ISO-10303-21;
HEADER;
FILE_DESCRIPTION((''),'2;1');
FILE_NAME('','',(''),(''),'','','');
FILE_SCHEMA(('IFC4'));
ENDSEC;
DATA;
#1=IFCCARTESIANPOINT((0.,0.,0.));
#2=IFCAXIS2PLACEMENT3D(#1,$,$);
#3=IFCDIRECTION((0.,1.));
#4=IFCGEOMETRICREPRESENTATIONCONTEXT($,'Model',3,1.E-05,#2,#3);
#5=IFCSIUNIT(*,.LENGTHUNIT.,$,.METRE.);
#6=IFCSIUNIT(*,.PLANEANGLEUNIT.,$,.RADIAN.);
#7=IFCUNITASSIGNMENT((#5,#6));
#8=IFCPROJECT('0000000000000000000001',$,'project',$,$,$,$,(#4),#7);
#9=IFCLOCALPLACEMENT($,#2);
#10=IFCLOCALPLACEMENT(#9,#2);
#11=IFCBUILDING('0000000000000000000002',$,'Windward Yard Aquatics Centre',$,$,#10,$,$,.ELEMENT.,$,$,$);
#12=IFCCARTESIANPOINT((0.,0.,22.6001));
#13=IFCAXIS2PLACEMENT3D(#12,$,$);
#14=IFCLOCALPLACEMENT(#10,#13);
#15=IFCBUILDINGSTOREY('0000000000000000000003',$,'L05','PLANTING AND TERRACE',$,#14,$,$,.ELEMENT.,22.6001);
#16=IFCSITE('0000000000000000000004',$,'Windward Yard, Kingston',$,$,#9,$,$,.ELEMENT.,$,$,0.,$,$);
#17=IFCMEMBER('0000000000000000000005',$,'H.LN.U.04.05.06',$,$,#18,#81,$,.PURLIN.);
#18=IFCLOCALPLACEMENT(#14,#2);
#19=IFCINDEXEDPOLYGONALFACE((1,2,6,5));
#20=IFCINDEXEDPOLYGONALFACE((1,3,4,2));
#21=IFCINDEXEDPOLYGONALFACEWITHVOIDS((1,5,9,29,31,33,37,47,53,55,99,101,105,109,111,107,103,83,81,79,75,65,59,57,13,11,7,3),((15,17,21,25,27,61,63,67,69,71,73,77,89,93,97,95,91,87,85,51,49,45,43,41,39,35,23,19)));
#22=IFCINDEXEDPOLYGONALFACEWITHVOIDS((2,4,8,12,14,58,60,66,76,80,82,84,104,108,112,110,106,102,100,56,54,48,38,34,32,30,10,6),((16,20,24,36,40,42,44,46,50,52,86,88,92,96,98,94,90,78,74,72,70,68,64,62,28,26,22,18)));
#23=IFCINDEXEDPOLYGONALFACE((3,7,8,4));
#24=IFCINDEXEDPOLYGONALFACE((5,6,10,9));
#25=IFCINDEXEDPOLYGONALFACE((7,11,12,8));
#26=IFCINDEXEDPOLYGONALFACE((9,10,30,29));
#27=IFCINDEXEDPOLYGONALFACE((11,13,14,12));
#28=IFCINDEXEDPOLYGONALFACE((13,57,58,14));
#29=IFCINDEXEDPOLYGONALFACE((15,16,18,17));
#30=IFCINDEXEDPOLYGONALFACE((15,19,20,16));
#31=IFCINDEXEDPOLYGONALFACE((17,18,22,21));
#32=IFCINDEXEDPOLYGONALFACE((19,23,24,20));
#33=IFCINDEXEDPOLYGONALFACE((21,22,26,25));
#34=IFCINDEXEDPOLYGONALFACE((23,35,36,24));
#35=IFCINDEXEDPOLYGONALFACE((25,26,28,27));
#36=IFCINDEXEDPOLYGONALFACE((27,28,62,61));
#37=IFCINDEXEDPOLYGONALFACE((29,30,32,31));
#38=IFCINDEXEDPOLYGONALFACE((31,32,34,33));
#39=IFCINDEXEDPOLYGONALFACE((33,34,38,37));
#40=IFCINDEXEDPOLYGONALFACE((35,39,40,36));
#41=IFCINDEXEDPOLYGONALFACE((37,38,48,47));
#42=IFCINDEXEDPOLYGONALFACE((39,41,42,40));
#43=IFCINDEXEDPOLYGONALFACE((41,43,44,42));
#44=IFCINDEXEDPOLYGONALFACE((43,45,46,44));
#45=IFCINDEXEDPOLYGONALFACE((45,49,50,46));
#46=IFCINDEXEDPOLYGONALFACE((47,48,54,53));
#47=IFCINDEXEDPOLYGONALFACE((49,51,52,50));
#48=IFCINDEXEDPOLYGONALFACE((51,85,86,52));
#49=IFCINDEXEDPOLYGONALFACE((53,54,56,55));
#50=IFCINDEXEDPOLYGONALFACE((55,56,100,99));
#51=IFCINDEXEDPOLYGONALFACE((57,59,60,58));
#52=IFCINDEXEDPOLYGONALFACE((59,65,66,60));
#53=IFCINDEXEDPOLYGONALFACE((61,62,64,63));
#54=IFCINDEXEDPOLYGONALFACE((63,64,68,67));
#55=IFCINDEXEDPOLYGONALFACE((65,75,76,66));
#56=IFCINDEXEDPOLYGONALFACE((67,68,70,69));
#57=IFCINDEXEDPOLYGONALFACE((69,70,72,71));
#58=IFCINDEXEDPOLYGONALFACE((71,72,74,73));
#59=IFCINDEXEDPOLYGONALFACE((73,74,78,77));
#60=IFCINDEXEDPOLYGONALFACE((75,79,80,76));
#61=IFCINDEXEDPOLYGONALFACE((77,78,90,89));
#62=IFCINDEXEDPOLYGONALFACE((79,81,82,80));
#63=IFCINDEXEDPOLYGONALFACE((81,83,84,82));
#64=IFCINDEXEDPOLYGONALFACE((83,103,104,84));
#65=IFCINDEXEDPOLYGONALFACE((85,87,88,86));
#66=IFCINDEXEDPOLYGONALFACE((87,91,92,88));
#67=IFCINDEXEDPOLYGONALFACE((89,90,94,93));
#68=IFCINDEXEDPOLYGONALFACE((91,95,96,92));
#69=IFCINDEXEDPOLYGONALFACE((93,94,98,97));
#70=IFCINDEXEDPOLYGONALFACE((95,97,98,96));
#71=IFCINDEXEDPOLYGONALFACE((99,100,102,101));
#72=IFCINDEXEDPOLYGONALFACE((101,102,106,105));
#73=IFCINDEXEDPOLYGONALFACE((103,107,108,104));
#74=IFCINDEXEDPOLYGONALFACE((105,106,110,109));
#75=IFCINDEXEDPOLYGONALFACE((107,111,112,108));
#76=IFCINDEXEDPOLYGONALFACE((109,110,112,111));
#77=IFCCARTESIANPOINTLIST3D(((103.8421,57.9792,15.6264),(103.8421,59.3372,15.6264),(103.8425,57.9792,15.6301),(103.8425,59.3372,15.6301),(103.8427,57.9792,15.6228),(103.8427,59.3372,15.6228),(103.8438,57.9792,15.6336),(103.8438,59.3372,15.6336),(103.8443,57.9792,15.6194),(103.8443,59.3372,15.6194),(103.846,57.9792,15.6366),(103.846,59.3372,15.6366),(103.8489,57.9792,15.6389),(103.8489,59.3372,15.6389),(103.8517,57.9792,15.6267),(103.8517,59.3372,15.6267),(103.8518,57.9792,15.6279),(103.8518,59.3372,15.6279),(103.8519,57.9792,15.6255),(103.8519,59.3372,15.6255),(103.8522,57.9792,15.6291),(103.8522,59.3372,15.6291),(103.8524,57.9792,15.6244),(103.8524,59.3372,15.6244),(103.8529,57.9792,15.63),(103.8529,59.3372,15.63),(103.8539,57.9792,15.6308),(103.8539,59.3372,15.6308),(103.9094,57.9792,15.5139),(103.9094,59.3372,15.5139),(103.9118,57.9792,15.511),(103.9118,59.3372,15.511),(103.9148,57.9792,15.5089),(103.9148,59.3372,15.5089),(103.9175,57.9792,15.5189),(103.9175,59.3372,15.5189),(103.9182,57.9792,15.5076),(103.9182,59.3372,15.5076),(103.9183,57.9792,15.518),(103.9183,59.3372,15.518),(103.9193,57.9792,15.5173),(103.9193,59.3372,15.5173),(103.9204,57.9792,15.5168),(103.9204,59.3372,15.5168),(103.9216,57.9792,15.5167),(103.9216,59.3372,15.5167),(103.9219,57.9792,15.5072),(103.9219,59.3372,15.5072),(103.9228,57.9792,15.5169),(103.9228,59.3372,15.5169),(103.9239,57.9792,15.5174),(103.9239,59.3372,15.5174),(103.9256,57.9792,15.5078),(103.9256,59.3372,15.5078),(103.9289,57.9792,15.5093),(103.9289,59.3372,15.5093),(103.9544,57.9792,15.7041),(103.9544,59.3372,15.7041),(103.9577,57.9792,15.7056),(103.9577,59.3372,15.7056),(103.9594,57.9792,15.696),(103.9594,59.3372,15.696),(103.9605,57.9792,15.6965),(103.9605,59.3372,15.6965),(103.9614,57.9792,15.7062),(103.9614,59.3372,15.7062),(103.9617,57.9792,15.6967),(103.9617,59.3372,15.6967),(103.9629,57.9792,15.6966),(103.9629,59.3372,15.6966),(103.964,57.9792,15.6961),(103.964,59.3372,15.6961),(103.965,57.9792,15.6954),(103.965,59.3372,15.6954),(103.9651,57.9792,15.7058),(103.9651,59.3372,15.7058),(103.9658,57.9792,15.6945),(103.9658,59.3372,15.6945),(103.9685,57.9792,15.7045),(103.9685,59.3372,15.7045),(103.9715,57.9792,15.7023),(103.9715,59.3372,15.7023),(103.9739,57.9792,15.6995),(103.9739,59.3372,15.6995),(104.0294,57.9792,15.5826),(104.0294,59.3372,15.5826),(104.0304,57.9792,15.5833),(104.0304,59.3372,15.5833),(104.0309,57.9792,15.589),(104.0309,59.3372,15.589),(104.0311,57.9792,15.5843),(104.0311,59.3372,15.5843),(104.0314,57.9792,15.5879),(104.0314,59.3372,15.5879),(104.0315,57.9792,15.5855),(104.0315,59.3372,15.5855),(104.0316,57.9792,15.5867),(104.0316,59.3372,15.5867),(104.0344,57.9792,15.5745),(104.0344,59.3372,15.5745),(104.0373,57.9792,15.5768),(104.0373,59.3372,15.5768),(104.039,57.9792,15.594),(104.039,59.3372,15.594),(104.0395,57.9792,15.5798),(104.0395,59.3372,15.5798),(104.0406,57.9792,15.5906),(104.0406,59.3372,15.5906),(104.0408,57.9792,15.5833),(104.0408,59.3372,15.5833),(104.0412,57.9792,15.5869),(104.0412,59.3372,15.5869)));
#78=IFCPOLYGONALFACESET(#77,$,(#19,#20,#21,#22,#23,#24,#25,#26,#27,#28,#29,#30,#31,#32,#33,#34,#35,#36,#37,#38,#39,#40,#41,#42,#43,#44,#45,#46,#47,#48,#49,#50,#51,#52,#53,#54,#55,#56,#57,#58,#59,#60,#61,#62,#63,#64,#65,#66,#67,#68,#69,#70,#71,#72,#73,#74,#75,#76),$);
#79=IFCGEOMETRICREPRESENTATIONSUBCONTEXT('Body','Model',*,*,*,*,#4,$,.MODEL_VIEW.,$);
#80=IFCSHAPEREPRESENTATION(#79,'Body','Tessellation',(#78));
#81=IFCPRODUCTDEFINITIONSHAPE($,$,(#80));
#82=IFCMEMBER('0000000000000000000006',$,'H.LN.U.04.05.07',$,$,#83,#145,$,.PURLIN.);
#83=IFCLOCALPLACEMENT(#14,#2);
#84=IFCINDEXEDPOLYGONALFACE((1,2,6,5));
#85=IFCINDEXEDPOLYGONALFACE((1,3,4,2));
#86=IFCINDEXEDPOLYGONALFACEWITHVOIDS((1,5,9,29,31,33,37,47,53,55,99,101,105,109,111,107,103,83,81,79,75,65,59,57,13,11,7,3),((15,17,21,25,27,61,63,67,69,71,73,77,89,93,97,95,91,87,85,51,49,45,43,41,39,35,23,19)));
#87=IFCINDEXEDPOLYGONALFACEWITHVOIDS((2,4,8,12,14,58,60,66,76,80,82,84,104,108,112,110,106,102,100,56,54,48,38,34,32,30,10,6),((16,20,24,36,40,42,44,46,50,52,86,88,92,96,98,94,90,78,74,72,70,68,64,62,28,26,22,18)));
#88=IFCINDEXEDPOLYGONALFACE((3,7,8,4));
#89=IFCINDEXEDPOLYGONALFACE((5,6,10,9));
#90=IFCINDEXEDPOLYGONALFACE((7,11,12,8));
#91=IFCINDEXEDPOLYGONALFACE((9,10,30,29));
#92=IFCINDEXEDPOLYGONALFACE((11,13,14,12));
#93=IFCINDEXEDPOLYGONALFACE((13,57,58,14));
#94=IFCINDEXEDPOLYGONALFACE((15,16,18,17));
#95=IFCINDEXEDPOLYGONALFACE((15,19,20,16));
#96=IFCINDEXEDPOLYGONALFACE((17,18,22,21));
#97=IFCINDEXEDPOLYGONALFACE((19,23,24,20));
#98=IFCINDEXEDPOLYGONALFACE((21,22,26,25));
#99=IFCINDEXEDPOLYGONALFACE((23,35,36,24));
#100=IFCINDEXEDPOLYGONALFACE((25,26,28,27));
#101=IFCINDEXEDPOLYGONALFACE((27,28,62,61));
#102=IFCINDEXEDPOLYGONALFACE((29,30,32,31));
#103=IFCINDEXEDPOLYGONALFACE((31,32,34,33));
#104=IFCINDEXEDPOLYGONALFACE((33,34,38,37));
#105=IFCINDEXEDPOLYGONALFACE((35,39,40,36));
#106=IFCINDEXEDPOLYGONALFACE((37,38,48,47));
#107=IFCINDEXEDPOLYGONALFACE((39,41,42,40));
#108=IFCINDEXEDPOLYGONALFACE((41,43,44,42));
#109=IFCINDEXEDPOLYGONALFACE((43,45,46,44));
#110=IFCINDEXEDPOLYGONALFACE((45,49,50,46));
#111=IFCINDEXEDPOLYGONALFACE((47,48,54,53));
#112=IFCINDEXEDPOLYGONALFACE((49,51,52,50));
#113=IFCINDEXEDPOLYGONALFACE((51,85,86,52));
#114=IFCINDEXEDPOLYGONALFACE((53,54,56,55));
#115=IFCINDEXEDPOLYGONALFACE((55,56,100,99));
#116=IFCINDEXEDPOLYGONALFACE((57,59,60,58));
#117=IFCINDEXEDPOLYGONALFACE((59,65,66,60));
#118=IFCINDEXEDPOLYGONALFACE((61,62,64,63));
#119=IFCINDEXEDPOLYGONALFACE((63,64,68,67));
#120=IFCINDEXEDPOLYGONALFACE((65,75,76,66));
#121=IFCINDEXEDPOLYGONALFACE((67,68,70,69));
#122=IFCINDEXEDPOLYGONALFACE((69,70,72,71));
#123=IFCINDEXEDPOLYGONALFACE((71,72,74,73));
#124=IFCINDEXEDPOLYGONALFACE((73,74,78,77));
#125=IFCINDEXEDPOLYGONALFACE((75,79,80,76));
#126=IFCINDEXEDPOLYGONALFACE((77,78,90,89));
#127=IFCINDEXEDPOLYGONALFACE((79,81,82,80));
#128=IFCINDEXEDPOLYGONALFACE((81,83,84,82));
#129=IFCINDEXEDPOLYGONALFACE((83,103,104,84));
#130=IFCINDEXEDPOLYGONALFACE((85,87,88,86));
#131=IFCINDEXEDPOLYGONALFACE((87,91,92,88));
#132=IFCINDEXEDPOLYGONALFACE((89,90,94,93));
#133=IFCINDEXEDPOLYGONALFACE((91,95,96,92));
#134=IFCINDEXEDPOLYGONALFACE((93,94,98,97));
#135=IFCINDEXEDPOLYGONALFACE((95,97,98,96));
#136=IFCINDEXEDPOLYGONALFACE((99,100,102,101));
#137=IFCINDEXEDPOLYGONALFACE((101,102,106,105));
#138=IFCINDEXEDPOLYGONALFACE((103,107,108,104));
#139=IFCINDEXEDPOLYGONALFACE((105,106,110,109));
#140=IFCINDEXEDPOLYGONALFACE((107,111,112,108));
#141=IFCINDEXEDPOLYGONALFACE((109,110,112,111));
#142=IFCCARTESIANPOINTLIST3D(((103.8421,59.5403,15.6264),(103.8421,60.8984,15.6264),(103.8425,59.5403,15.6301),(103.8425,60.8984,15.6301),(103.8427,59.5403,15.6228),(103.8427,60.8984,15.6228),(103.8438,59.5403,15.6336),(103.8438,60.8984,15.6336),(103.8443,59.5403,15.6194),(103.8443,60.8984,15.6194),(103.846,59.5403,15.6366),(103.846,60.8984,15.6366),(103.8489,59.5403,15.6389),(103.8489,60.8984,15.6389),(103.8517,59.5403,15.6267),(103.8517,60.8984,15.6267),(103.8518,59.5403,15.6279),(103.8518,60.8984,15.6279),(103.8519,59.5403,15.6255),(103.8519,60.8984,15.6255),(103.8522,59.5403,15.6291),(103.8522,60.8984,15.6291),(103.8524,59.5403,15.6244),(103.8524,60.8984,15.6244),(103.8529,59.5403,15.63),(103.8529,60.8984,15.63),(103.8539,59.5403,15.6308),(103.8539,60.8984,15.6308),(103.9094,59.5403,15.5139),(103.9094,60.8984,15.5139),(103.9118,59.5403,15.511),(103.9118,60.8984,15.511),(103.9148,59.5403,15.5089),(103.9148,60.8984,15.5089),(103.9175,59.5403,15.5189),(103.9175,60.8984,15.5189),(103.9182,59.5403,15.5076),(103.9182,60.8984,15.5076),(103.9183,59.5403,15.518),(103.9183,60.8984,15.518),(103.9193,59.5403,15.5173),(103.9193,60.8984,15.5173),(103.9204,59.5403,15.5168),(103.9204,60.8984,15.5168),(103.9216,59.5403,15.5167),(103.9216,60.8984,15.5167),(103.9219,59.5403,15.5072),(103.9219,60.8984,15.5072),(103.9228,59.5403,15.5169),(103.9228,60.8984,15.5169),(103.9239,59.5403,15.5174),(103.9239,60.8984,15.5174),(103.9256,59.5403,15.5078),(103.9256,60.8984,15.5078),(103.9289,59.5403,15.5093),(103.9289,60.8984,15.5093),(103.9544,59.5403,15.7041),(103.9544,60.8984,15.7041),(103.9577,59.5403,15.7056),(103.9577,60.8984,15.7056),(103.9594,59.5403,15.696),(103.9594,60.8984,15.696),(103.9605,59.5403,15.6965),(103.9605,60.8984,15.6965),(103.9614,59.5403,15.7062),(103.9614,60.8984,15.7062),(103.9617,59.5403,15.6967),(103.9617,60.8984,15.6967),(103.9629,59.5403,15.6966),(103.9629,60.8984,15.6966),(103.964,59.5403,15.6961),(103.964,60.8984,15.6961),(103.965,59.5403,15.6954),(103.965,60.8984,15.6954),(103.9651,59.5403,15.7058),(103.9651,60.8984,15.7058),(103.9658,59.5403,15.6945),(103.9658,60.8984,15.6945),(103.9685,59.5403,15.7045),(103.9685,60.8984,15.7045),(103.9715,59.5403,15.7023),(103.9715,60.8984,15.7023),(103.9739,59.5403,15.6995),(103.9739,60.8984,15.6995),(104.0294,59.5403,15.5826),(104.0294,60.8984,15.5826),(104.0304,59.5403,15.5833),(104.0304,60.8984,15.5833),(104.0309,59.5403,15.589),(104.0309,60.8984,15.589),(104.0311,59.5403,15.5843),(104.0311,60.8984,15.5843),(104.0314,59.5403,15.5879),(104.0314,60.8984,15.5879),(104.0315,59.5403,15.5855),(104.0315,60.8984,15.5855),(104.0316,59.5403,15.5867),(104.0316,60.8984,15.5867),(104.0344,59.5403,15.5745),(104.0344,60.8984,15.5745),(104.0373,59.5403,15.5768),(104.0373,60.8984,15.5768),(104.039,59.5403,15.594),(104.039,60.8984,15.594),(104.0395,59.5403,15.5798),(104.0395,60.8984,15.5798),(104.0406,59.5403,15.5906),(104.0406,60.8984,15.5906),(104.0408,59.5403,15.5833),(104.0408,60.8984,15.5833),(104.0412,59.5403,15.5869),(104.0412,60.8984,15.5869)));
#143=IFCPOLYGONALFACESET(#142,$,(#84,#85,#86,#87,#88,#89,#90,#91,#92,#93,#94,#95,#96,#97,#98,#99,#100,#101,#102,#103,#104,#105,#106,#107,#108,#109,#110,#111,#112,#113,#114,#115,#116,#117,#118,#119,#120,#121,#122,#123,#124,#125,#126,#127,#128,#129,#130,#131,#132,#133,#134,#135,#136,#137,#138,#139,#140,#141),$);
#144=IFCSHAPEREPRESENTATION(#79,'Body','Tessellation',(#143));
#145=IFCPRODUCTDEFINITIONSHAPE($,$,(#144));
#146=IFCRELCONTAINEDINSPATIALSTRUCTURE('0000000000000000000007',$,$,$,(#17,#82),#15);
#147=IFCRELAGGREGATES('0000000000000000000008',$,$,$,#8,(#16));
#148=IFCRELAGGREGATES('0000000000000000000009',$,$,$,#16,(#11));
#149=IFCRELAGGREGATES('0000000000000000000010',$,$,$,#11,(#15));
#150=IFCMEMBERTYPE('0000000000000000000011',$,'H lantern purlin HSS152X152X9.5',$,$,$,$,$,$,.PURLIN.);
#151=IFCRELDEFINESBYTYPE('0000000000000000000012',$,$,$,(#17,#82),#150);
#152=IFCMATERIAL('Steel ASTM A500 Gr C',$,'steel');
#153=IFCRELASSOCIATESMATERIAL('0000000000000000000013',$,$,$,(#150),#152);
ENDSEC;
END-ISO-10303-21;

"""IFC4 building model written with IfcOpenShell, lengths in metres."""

from ifc_helpers import new_model, si_unit, direction, frame, origin, origin_2d, place, context, subcontext, project, spatial, hollow_rectangle, extrude, material, material_profile, profile_set, type_object, element, save


model = new_model("IFC4")

# Units and contexts
model_context = context("Model", 3, precision=1e-05, world=origin(), true_north=direction((0.0, 1.0)))
body_context = subcontext(model_context, "Body", "Model", "MODEL_VIEW")
ifc_project = project(units=[si_unit("LENGTHUNIT", "METRE"), si_unit("PLANEANGLEUNIT", "RADIAN")], contexts=[model_context])

# Site, building, storey
site_placement = place(None, origin())
site = spatial("IfcSite", under=ifc_project, at=site_placement, Name="Windward Yard, Kingston", CompositionType="ELEMENT", RefElevation=0.0)
building_placement = place(site_placement, origin())
building = spatial("IfcBuilding", under=site, at=building_placement, Name="Windward Yard Aquatics Centre", CompositionType="ELEMENT")
storey_placement = place(building_placement, frame((0.0, 0.0, 22.6001)))
storey = spatial("IfcBuildingStorey", under=building, at=storey_placement, Name="L05", Description="PLANTING AND TERRACE", CompositionType="ELEMENT", Elevation=22.6001)

# Members
ifc_material_1 = material(Name="Steel ASTM A500 Gr C", Category="steel")
ifc_material_profile = material_profile(ifc_material_1, hollow_rectangle(XDim=0.1523, YDim=0.1523, WallThickness=0.0095, InnerFilletRadius=0.0046, OuterFilletRadius=0.0142, at=origin_2d()), Name="HSS152X152X9.5")
ifc_profile_set = profile_set([ifc_material_profile], Name="Steel ASTM A500 Gr C")
member_type = type_object("IfcMemberType", Name="H lantern purlin HSS152X152X9.5", PredefinedType="PURLIN", material=ifc_profile_set)
for number, where, z_axis, x_axis, name in (
    (1, (103.9417, 57.9792, 15.6067), (0.0, 1.0, 0.0), (-0.850755, 0.0, -0.525562), "H.LN.U.04.05.06"),
):
    element("IfcMember", number, at=place(storey_placement, frame(where, z_axis=z_axis, x_axis=x_axis)), inside=storey, type_object=member_type, Name=name, PredefinedType="PURLIN", context=body_context, shape_type="SweptSolid", body=[
        extrude(hollow_rectangle(XDim=0.1523, YDim=0.1523, WallThickness=0.0095, InnerFilletRadius=0.0046, OuterFilletRadius=0.0142, at=origin_2d()), origin(), (0.0, 0.0, 1.0), 1.3579),
    ])
for number, where, z_axis, x_axis, name in (
    (2, (103.9417, 59.5403, 15.6067), (0.0, 1.0, 0.0), (-0.850755, 0.0, -0.525562), "H.LN.U.04.05.07"),
):
    element("IfcMember", number, at=place(storey_placement, frame(where, z_axis=z_axis, x_axis=x_axis)), inside=storey, type_object=member_type, Name=name, PredefinedType="PURLIN", context=body_context, shape_type="SweptSolid", body=[
        extrude(hollow_rectangle(XDim=0.1523, YDim=0.1523, WallThickness=0.0095, InnerFilletRadius=0.0046, OuterFilletRadius=0.0142, at=origin_2d()), origin(), (0.0, 0.0, 1.0), 1.3582),
    ])

save(model, "model.ifc")
